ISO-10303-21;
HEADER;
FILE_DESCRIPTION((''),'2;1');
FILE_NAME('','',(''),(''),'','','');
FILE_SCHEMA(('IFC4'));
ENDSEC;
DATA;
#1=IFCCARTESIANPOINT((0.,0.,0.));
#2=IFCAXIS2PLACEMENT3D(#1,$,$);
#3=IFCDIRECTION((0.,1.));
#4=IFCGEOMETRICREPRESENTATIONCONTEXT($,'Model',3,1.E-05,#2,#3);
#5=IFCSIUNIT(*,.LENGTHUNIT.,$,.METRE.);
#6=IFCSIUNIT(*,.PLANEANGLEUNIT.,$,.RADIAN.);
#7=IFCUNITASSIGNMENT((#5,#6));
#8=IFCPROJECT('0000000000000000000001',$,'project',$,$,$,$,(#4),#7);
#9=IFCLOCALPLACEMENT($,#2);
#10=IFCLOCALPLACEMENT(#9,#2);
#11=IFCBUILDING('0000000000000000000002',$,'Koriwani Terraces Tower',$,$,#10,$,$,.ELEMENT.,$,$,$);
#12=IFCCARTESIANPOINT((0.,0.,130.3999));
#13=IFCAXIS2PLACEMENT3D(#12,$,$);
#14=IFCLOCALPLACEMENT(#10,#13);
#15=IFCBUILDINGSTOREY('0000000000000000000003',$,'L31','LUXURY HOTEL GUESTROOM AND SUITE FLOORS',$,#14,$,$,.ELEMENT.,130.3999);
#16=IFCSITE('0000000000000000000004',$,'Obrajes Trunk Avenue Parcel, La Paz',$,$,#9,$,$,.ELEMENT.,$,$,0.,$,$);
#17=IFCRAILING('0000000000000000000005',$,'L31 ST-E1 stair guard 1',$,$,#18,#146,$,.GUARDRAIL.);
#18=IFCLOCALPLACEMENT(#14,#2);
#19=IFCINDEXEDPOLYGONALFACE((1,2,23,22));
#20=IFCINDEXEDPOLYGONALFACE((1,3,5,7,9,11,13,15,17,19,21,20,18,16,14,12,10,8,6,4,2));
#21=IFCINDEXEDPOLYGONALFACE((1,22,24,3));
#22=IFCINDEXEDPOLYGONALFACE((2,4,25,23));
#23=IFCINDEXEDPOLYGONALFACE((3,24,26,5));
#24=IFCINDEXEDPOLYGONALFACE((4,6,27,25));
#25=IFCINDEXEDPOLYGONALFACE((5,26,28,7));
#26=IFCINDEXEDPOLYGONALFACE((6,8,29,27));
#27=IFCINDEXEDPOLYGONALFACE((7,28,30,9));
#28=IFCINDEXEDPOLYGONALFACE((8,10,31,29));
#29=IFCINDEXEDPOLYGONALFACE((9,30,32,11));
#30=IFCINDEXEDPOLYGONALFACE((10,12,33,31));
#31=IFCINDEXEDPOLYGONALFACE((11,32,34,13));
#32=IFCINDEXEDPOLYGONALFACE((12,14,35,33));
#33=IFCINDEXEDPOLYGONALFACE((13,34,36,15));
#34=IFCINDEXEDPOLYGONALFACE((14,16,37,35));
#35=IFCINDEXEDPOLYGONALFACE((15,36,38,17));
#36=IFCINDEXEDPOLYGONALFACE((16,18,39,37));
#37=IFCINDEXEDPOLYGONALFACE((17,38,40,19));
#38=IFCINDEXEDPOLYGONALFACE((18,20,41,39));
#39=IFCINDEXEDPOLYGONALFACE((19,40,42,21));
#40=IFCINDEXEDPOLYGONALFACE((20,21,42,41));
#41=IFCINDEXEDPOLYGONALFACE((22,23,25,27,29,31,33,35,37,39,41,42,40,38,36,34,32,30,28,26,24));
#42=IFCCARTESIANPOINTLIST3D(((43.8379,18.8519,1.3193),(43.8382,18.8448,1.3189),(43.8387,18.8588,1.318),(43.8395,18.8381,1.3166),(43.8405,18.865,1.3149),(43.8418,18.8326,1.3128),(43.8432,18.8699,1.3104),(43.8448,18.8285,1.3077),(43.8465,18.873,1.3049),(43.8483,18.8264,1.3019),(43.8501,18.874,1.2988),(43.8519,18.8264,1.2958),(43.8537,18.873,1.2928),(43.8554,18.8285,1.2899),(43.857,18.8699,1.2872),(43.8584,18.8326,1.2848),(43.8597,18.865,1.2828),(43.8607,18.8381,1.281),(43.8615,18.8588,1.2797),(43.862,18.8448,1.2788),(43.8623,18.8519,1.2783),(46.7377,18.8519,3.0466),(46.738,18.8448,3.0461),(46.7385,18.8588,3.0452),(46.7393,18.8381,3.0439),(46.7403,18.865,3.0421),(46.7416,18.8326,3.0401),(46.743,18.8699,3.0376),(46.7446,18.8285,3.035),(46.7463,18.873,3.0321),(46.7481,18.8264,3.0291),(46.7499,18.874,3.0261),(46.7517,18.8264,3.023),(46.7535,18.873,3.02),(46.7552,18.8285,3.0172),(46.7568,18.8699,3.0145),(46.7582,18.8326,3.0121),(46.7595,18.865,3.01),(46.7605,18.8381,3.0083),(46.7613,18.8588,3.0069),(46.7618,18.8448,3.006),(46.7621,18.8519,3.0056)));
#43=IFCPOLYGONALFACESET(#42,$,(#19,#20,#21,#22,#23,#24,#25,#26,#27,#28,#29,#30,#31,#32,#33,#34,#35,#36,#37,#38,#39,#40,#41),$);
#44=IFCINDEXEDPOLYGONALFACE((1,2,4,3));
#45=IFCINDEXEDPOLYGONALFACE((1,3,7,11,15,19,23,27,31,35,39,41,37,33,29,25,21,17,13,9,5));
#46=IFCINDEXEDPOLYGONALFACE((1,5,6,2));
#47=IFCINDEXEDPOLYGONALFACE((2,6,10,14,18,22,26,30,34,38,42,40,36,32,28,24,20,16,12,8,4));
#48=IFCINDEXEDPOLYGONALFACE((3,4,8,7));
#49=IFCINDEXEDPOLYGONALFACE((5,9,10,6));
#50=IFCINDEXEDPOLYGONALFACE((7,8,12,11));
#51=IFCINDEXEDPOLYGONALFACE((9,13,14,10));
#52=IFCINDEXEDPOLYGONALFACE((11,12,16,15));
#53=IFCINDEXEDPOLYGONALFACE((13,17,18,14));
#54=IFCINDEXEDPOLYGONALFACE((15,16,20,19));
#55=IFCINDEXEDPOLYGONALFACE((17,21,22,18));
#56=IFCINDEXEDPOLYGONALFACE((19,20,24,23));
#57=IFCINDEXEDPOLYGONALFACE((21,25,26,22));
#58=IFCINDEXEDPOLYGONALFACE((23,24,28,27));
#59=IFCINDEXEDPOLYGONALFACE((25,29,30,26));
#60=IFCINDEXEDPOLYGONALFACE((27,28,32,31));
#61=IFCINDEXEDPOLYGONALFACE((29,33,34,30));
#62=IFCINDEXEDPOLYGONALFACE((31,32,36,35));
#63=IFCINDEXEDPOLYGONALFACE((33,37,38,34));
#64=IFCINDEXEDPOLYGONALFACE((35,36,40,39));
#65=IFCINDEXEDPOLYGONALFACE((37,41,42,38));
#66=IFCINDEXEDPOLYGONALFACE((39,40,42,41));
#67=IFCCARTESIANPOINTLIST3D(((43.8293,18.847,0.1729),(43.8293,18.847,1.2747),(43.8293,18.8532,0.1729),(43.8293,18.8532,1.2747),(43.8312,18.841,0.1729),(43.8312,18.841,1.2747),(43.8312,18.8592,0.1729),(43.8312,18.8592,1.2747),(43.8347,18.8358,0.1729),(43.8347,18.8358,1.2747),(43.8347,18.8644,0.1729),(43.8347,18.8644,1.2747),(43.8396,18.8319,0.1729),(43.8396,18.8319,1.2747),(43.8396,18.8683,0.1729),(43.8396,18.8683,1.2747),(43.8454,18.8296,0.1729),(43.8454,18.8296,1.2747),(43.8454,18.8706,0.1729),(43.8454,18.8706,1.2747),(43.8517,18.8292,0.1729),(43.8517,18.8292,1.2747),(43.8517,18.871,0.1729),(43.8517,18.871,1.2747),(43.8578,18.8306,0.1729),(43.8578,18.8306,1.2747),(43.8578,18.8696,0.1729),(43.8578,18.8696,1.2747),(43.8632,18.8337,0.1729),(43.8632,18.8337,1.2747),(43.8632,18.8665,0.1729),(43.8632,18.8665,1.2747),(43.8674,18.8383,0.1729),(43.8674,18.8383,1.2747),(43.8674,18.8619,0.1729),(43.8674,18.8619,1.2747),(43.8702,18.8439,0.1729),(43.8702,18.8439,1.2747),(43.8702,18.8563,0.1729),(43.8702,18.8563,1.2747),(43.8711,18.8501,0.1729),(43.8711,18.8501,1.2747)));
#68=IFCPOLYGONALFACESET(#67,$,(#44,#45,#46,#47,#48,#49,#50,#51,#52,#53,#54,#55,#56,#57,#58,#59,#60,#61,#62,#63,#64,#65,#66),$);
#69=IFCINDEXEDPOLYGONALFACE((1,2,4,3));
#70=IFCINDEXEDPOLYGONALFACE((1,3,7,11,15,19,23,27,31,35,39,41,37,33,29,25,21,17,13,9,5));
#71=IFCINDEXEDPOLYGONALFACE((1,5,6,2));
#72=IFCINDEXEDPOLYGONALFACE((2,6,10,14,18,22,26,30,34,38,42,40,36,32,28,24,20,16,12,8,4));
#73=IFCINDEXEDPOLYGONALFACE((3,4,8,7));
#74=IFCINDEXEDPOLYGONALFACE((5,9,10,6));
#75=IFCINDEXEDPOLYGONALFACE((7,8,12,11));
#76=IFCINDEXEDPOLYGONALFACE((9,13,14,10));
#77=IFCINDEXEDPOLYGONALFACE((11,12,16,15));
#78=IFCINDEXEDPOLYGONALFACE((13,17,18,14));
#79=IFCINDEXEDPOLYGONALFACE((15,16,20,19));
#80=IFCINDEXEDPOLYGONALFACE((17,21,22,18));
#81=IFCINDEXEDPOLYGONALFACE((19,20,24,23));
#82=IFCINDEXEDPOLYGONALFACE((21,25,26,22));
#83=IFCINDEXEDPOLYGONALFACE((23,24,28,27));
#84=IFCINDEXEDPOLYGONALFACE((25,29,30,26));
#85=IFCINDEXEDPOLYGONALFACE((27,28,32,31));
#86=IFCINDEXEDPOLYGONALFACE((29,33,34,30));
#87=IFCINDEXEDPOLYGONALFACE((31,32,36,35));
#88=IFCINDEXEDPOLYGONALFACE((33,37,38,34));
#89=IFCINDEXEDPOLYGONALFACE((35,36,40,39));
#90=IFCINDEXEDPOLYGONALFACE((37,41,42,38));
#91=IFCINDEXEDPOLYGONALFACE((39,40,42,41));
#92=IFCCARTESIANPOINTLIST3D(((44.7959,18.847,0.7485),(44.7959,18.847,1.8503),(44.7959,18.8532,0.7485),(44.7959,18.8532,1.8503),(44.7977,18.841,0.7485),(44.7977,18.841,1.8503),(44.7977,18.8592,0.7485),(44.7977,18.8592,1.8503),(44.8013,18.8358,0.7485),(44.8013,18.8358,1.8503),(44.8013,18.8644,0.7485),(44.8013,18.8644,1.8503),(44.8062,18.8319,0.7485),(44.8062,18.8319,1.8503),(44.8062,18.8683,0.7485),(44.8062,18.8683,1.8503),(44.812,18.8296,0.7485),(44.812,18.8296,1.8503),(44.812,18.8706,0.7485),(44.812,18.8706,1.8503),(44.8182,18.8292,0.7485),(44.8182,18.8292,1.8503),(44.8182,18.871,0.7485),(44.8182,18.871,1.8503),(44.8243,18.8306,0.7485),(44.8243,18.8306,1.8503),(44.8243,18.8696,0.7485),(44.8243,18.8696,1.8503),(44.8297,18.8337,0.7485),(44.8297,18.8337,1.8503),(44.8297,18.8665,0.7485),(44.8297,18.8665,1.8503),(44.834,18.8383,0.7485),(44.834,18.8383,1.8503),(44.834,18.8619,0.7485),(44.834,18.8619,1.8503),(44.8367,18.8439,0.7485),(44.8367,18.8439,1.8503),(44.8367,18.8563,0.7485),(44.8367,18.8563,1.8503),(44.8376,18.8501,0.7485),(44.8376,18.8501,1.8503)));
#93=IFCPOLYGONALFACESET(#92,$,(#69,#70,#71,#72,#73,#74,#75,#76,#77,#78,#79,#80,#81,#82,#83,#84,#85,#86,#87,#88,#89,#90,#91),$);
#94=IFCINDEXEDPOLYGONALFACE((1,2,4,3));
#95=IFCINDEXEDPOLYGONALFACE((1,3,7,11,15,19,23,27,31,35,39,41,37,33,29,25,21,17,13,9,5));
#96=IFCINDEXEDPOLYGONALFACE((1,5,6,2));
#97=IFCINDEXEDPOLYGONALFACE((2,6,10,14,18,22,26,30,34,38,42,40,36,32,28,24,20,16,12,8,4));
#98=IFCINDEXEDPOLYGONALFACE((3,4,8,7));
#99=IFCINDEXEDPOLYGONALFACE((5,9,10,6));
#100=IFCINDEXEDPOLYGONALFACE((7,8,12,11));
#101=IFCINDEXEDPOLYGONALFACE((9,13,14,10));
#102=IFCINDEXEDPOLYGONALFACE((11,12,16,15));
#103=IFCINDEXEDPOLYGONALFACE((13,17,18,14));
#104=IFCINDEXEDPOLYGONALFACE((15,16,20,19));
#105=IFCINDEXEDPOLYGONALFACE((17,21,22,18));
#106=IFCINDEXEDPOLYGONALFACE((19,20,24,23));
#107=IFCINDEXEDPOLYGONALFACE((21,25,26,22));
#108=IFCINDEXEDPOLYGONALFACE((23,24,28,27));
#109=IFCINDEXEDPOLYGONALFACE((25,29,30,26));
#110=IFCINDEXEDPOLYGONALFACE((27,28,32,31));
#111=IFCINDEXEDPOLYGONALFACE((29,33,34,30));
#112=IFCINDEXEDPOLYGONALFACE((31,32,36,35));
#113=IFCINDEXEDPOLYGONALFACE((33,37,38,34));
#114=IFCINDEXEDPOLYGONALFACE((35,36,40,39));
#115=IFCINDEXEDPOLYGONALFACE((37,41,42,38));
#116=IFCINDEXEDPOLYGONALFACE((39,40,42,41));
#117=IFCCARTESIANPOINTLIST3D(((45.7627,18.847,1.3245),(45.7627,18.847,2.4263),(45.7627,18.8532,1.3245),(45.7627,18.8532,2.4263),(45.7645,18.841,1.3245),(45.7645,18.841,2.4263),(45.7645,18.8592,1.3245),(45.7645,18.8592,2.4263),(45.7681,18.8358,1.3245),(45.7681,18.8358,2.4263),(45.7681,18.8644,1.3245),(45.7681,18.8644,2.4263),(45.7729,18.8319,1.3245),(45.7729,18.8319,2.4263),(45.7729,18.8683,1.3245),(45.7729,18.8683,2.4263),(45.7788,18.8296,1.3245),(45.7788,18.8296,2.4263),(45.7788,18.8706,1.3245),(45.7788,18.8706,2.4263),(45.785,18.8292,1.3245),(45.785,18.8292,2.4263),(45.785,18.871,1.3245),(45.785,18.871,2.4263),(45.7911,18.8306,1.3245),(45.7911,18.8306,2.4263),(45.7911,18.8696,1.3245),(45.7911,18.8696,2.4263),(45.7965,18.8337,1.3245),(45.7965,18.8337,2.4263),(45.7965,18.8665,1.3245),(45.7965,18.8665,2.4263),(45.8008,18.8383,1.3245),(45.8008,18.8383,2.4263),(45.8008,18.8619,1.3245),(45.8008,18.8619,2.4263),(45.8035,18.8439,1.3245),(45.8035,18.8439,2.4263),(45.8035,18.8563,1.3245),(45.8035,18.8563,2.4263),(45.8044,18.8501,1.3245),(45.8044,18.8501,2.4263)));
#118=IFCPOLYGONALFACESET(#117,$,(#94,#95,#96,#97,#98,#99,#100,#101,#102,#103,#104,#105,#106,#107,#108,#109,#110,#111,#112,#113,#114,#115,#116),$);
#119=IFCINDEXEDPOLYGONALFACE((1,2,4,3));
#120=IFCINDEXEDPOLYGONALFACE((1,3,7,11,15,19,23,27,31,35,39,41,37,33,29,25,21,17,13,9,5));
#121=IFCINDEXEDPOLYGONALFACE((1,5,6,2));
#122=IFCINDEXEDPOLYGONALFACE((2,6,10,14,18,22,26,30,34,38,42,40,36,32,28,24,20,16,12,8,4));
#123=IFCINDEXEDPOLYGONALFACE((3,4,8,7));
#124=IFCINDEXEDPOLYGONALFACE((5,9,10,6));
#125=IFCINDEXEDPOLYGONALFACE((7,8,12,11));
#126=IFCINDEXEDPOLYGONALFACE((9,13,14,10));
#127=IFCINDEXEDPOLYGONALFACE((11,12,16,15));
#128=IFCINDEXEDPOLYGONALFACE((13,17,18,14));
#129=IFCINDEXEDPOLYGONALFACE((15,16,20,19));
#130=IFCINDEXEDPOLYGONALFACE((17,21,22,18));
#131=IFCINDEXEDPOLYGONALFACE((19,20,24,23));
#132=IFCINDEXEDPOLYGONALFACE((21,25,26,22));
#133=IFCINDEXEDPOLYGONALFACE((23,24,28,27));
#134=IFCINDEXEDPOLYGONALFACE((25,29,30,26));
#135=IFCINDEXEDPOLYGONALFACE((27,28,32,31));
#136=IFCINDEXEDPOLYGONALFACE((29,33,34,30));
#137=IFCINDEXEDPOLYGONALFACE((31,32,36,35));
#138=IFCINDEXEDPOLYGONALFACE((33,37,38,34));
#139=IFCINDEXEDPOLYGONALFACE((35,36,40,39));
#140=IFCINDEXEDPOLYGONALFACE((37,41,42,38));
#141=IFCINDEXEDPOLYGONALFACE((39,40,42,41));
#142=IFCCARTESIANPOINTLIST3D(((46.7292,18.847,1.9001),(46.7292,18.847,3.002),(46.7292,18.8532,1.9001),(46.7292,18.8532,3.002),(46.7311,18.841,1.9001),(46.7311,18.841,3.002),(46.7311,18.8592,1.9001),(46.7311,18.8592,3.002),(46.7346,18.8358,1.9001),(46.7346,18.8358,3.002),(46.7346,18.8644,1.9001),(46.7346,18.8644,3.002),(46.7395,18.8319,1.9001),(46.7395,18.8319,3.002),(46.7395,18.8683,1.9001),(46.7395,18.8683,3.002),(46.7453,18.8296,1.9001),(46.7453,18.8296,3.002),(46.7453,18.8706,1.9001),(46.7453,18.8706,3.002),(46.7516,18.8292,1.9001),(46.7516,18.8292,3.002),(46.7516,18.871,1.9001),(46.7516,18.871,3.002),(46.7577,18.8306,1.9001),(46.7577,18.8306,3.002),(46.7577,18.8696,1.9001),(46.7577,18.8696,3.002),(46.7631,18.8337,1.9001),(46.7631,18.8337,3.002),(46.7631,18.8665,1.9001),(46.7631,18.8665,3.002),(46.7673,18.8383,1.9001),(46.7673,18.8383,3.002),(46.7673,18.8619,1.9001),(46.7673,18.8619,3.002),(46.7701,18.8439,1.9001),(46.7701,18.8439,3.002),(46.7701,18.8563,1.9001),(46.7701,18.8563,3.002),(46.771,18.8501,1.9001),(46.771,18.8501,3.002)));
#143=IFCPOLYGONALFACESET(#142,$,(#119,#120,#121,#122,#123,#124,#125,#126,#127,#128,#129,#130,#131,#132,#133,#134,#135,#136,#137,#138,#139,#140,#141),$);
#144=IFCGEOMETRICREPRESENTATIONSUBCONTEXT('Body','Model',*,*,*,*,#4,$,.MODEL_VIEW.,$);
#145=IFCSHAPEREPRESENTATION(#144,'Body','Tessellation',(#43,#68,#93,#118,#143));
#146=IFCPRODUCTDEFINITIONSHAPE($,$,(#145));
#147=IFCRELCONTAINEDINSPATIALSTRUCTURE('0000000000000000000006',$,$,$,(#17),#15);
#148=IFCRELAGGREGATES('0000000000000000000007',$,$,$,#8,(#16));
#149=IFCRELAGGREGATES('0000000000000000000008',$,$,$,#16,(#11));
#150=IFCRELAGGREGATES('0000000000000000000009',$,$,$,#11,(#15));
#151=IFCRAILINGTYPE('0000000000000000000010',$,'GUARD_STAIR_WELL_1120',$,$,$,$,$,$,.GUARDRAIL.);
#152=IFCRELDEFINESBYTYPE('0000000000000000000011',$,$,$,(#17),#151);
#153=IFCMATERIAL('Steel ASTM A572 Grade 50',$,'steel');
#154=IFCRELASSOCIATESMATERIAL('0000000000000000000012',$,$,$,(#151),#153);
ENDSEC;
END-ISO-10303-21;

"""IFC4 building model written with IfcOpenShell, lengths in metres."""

from ifc_helpers import new_model, si_unit, direction, frame, origin, origin_2d, place, context, subcontext, project, spatial, circle, extrude, material, type_object, element, save


model = new_model("IFC4")

# Units and contexts
model_context = context("Model", 3, precision=1e-05, world=origin(), true_north=direction((0.0, 1.0)))
body_context = subcontext(model_context, "Body", "Model", "MODEL_VIEW")
ifc_project = project(units=[si_unit("LENGTHUNIT", "METRE"), si_unit("PLANEANGLEUNIT", "RADIAN")], contexts=[model_context])

# Site, building, storey
site_placement = place(None, origin())
site = spatial("IfcSite", under=ifc_project, at=site_placement, Name="Obrajes Trunk Avenue Parcel, La Paz", CompositionType="ELEMENT", RefElevation=0.0)
building_placement = place(site_placement, origin())
building = spatial("IfcBuilding", under=site, at=building_placement, Name="Koriwani Terraces Tower", CompositionType="ELEMENT")
storey_placement = place(building_placement, frame((0.0, 0.0, 130.3999)))
storey = spatial("IfcBuildingStorey", under=building, at=storey_placement, Name="L31", Description="LUXURY HOTEL GUESTROOM AND SUITE FLOORS", CompositionType="ELEMENT", Elevation=130.3999)

# Shared definitions
ifc_material_1 = material(Name="Steel ASTM A572 Grade 50", Category="steel")

# Railing
railing_type_1 = type_object("IfcRailingType", Name="GUARD_STAIR_WELL_1120", PredefinedType="GUARDRAIL", material=ifc_material_1)
railing_1_placement = place(storey_placement, frame((43.8501, 18.8501, 0.1729)))
element("IfcRailing", 1, at=railing_1_placement, inside=storey, type_object=railing_type_1, Name="L31 ST-E1 stair guard 1", PredefinedType="GUARDRAIL", context=body_context, shape_type="SweptSolid", body=[
    extrude(circle(Radius=0.0239, at=origin_2d()), frame((0.0, 0.0, 1.126), z_axis=(0.859141, 0.0, 0.511738), x_axis=(0.0, 1.0, 0.0)), (0.0, 0.0, 1.0), 3.3752),
    extrude(circle(Radius=0.021, at=origin_2d()), origin(), (0.0, 0.0, 1.0), 1.1018),
    extrude(circle(Radius=0.021, at=origin_2d()), frame((0.9666, 0.0, 0.5757)), (0.0, 0.0, 1.0), 1.1018),
    extrude(circle(Radius=0.021, at=origin_2d()), frame((1.9333, 0.0, 1.1516)), (0.0, 0.0, 1.0), 1.1018),
    extrude(circle(Radius=0.021, at=origin_2d()), frame((2.8999, 0.0, 1.7273)), (0.0, 0.0, 1.0), 1.1018),
])

save(model, "model.ifc")
